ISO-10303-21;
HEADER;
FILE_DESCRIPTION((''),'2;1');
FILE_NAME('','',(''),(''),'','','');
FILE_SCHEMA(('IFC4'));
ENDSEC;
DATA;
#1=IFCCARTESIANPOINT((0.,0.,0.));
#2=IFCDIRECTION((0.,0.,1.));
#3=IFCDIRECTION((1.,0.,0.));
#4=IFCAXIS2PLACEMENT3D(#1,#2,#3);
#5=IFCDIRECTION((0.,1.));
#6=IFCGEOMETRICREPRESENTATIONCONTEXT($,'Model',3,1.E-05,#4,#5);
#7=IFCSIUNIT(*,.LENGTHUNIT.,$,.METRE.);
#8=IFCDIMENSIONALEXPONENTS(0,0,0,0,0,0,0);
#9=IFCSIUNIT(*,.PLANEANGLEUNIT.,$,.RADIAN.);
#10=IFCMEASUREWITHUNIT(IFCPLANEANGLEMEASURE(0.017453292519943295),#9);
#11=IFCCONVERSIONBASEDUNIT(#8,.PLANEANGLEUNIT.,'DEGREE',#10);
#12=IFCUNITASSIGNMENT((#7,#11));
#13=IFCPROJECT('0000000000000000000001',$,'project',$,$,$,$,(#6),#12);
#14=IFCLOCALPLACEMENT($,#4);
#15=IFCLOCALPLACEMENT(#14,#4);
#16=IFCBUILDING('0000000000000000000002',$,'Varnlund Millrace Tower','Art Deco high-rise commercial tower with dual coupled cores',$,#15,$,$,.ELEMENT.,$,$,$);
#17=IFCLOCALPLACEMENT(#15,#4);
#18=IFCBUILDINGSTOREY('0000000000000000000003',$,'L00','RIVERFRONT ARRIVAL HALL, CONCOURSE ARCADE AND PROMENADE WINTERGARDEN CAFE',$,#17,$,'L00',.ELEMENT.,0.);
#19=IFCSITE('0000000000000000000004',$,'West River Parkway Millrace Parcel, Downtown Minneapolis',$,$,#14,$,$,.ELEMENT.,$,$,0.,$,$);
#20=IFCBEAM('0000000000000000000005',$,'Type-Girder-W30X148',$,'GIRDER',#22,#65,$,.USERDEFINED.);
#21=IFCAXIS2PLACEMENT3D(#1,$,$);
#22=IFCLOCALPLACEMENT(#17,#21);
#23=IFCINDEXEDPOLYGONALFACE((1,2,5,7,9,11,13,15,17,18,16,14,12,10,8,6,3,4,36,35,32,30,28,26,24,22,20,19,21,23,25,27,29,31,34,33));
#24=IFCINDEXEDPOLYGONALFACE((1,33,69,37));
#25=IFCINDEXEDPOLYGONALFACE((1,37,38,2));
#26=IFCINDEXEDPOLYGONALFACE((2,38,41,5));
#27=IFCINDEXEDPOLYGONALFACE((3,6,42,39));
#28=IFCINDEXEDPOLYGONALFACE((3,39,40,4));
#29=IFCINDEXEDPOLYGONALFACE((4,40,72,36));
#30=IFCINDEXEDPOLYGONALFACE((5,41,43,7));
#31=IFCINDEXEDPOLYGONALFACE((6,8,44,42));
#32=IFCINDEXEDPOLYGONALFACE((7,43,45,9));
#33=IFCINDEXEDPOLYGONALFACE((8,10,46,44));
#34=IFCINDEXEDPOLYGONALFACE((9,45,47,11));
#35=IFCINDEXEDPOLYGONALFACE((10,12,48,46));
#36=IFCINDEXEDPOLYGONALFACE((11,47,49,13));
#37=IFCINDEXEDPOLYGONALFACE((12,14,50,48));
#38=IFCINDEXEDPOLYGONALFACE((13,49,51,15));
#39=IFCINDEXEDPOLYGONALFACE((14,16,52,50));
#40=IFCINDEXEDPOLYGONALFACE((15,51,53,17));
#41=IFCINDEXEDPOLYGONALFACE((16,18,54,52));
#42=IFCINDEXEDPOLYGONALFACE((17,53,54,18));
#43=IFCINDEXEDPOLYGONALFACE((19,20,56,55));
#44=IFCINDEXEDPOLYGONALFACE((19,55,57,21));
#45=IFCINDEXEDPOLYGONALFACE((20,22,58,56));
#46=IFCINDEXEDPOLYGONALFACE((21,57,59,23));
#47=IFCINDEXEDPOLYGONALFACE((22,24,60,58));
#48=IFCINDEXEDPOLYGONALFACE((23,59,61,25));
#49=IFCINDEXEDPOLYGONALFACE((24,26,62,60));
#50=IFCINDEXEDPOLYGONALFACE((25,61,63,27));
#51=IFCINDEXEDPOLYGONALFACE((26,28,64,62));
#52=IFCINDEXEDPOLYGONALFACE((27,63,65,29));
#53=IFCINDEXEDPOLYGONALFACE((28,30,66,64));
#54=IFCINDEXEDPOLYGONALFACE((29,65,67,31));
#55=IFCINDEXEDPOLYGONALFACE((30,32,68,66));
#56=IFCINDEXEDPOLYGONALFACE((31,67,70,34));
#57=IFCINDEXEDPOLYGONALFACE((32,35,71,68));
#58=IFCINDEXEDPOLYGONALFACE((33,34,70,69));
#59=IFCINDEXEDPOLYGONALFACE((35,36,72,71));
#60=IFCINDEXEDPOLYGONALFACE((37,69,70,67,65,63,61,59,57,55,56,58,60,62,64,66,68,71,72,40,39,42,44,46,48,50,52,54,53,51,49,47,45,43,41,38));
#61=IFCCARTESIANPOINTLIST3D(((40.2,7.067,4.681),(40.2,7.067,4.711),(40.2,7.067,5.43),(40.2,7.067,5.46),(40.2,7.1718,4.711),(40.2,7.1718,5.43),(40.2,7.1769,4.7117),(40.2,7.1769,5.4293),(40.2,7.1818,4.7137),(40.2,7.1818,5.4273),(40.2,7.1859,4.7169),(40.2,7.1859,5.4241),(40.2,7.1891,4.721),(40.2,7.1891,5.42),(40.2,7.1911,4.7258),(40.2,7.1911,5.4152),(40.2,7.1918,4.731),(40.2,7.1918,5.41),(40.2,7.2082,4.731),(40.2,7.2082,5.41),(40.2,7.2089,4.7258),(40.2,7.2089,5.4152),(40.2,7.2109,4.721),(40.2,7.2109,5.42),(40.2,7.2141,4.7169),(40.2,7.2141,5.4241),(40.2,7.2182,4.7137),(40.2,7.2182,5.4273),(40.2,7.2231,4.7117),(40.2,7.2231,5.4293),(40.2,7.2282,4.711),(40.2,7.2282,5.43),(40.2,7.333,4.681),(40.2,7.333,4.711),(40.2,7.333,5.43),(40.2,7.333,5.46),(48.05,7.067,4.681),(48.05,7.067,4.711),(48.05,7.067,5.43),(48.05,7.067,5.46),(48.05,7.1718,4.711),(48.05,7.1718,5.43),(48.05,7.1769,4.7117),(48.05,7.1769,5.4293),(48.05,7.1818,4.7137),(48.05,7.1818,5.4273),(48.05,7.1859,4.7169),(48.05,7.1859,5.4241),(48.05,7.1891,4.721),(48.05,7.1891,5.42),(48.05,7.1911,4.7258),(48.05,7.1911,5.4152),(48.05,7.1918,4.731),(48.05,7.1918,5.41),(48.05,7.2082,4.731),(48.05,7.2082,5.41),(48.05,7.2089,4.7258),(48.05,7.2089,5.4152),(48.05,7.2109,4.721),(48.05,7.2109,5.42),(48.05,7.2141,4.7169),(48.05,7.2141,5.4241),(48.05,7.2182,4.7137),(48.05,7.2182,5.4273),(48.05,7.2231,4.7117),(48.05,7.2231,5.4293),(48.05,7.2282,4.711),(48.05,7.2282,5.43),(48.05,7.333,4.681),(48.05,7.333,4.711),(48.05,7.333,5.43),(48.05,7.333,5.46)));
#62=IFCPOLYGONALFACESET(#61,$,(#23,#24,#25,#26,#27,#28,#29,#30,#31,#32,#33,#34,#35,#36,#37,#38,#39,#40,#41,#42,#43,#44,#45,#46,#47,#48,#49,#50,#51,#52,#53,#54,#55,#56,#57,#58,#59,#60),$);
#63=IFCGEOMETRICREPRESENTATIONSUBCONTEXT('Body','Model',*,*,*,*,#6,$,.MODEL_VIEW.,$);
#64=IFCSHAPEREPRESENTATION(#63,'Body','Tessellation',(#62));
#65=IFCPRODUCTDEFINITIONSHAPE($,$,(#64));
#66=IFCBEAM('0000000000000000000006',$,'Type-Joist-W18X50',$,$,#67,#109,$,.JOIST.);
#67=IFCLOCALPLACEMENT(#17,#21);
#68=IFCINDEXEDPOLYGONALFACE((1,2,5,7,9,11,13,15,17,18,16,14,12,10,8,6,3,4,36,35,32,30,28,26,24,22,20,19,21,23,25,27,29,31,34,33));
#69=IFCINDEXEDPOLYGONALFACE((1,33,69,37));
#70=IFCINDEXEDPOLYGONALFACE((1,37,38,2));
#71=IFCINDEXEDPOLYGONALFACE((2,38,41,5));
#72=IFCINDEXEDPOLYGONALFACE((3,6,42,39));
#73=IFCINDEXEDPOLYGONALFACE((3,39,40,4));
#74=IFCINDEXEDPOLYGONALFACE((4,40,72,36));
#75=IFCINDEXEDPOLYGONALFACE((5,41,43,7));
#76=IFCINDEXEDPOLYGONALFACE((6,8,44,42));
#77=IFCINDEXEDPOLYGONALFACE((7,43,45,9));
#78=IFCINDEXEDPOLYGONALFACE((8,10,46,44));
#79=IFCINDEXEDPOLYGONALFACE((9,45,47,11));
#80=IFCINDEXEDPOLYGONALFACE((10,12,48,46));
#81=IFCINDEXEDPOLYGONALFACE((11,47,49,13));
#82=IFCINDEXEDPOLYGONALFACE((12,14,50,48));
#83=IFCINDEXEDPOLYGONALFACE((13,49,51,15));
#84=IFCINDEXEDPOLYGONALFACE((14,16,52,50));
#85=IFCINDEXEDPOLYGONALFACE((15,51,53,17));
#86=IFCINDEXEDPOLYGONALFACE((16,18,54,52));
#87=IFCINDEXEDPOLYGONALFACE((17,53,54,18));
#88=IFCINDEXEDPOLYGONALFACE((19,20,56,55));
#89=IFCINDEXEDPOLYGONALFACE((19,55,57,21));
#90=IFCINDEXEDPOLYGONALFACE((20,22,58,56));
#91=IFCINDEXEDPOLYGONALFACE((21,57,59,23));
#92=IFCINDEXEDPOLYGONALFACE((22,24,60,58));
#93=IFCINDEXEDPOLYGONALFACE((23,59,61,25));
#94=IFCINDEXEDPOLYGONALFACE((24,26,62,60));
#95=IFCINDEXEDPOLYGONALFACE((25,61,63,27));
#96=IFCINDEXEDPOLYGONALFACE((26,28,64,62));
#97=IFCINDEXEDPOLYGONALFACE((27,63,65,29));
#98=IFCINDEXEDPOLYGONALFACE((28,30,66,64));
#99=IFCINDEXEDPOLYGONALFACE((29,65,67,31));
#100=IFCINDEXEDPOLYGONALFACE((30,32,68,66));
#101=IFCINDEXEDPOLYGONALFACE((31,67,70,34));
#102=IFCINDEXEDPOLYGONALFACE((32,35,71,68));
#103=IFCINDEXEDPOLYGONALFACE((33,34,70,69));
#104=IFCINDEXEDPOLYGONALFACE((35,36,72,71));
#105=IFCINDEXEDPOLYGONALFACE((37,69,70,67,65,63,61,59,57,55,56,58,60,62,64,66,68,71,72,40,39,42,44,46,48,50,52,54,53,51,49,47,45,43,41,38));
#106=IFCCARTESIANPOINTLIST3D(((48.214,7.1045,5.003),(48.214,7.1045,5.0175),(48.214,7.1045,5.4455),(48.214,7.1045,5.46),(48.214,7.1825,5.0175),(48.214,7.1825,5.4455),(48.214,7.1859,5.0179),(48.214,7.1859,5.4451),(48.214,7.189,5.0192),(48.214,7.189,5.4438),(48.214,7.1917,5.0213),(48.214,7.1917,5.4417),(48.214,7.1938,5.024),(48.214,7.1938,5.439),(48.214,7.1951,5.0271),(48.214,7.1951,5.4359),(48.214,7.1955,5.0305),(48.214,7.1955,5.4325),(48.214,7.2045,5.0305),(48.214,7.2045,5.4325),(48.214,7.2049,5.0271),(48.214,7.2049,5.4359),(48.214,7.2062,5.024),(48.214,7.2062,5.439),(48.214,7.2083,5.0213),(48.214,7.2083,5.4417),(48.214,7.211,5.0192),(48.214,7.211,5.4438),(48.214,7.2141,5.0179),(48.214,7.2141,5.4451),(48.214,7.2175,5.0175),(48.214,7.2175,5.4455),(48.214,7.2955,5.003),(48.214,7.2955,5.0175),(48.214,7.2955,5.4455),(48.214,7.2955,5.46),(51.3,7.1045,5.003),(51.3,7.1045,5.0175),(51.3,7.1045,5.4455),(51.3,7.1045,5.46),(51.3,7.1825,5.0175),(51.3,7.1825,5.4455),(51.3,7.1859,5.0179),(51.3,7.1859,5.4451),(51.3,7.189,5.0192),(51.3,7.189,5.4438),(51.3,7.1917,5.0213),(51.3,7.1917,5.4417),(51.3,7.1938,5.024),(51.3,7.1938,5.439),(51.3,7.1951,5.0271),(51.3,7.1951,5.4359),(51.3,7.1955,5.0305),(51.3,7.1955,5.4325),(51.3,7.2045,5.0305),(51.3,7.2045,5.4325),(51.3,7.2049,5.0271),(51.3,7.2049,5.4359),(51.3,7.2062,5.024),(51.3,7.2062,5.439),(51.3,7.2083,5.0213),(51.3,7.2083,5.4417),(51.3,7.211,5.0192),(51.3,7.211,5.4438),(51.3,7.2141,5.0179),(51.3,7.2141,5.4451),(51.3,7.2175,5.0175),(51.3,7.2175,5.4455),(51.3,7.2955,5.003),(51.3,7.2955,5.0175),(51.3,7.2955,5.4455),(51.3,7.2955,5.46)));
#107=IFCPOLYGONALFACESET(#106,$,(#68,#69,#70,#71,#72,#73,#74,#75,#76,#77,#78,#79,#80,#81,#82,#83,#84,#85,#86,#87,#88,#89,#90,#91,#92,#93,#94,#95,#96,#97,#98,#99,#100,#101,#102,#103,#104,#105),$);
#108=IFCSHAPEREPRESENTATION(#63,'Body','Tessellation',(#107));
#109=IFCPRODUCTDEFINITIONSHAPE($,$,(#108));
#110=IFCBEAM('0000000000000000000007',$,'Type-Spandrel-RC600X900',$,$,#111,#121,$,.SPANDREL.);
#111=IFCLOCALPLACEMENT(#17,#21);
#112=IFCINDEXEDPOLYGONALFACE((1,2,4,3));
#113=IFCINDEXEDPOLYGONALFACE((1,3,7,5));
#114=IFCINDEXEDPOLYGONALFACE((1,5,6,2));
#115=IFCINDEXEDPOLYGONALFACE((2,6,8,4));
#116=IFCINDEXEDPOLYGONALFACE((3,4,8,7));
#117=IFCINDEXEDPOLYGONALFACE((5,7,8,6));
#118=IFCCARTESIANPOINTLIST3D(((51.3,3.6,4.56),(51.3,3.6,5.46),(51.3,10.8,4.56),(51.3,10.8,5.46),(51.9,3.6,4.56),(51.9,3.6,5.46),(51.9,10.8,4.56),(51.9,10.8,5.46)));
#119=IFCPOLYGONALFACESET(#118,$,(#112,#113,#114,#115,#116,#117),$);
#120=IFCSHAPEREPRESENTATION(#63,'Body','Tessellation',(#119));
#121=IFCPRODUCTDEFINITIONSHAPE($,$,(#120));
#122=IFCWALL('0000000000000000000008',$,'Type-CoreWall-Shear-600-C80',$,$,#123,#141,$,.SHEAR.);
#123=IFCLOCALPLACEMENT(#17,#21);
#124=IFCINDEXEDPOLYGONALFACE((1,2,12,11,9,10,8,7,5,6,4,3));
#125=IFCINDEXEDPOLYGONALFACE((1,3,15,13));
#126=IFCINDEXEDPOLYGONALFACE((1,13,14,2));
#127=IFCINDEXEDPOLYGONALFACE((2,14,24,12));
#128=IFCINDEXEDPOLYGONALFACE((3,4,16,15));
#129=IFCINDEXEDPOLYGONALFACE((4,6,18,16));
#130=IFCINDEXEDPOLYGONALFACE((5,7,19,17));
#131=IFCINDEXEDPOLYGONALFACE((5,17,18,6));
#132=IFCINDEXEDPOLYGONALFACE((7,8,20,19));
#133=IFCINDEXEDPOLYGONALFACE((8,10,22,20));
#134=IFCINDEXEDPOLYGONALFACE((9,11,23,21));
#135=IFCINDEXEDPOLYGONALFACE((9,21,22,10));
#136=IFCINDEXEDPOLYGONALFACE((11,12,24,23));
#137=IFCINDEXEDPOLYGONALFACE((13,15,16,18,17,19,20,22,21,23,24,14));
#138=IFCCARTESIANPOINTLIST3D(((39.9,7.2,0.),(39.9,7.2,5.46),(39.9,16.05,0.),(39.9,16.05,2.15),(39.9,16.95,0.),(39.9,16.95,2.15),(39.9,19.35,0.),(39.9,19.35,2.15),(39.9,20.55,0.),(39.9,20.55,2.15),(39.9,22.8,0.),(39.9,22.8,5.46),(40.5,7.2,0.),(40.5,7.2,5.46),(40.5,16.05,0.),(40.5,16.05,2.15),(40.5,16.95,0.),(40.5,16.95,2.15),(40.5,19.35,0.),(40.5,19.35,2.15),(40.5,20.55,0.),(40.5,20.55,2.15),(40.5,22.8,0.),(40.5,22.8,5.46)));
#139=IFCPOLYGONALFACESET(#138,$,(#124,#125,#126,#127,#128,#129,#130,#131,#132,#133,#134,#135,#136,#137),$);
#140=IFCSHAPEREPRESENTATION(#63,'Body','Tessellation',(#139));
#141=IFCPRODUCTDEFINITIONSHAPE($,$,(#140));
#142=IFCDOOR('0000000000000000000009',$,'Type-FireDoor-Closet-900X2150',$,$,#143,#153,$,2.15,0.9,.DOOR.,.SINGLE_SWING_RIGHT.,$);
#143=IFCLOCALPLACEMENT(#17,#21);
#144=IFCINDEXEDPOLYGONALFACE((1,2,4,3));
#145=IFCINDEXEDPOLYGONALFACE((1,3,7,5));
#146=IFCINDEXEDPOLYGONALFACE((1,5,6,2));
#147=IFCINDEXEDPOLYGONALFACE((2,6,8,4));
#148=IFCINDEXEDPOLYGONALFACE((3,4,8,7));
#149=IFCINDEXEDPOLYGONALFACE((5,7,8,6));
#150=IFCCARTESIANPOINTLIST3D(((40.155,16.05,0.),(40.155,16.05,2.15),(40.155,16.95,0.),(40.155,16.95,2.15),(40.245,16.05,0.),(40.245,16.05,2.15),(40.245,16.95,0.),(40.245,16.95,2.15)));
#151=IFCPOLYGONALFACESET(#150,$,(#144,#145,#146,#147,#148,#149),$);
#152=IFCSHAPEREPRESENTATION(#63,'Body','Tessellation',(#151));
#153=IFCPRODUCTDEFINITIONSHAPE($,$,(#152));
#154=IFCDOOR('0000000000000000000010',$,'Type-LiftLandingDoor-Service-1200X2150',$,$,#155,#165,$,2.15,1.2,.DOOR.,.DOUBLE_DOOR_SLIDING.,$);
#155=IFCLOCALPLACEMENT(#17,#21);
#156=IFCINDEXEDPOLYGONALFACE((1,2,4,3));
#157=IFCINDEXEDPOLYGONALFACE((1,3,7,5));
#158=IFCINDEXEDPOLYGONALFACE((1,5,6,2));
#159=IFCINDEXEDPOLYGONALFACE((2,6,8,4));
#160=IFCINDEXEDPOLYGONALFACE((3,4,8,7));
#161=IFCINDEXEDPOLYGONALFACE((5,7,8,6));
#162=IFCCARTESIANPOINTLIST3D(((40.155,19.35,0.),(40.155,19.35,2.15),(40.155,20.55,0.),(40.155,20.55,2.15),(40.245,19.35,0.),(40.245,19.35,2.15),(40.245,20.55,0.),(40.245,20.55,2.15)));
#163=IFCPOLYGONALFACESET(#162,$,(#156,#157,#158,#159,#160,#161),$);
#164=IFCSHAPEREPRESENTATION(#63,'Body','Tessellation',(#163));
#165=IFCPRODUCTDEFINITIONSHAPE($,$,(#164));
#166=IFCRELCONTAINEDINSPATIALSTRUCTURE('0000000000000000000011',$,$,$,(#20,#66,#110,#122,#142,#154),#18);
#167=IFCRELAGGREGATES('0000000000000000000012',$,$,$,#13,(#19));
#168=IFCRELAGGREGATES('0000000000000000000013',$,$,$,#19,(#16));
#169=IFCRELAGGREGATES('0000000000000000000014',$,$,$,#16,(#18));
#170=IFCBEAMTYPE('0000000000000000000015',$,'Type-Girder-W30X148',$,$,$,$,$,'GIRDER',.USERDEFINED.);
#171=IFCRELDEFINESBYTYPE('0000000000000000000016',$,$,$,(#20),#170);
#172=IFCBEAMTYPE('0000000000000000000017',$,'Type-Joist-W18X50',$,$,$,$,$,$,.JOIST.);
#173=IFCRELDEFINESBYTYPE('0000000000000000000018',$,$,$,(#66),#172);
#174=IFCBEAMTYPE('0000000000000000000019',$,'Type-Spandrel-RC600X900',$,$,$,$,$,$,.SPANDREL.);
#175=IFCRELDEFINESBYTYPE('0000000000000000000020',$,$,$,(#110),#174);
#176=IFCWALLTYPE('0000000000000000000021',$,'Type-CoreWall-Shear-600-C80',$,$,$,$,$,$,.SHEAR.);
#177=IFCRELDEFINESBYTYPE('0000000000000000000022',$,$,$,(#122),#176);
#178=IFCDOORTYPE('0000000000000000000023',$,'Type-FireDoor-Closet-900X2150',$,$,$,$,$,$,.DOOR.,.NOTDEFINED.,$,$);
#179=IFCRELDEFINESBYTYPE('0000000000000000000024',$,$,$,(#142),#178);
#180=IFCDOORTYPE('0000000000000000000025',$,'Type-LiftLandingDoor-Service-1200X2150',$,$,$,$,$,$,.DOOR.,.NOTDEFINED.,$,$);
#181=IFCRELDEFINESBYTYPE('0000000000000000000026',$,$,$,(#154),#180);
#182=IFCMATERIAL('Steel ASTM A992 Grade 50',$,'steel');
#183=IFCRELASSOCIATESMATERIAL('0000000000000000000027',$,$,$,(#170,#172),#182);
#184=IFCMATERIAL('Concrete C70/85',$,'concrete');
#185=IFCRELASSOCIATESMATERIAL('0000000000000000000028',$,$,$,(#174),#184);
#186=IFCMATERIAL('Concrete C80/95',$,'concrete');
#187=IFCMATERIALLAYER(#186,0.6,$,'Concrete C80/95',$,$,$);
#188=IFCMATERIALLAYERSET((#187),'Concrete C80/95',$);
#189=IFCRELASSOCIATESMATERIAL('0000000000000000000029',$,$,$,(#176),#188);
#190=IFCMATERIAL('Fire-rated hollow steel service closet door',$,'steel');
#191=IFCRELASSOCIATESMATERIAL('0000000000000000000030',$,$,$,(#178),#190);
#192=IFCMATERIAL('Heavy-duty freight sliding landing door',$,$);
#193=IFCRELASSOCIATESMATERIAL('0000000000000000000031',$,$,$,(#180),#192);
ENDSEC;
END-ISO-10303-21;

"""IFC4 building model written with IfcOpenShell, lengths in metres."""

from ifc_helpers import new_model, entity, si_unit, converted_unit, direction, frame, origin_with_axes, origin_2d_with_axis, place, context, subcontext, project, spatial, polyline, rectangle, i_section, outline, extrude, material, layer, layer_set, material_profile, profile_set, type_object, element, fill, save


model = new_model("IFC4")

# Units and contexts
model_context = context("Model", 3, precision=1e-05, world=origin_with_axes(), true_north=direction((0.0, 1.0)))
body_context = subcontext(model_context, "Body", "Model", "MODEL_VIEW")
ifc_project = project(units=[si_unit("LENGTHUNIT", "METRE"), converted_unit("PLANEANGLEUNIT", "DEGREE", entity("IfcPlaneAngleMeasure", 0.017453292519943295), si_unit("PLANEANGLEUNIT", "RADIAN"), dimensions=[0, 0, 0, 0, 0, 0, 0])], contexts=[model_context])

# Site, building, storey
site_placement = place(None, origin_with_axes())
site = spatial("IfcSite", under=ifc_project, at=site_placement, Name="West River Parkway Millrace Parcel, Downtown Minneapolis", CompositionType="ELEMENT", RefElevation=0.0)
building_placement = place(site_placement, origin_with_axes())
building = spatial("IfcBuilding", under=site, at=building_placement, Name="Varnlund Millrace Tower", Description="Art Deco high-rise commercial tower with dual coupled cores", CompositionType="ELEMENT")
storey_placement = place(building_placement, origin_with_axes())
storey = spatial("IfcBuildingStorey", under=building, at=storey_placement, Name="L00", Description="RIVERFRONT ARRIVAL HALL, CONCOURSE ARCADE AND PROMENADE WINTERGARDEN CAFE", LongName="L00", CompositionType="ELEMENT", Elevation=0.0)

# Shared definitions
ifc_material_1 = material(Name="Concrete C80/95", Category="concrete")

# Beams
ifc_material_2 = material(Name="Steel ASTM A992 Grade 50", Category="steel")
ifc_material_profile_1 = material_profile(ifc_material_2, i_section(OverallWidth=0.266, OverallDepth=0.779, WebThickness=0.0165, FlangeThickness=0.03, FilletRadius=0.02, at=origin_2d_with_axis()), Name="Steel ASTM A992 Grade 50")
ifc_profile_set_1 = profile_set([ifc_material_profile_1], Name="Steel ASTM A992 Grade 50")
beam_type_1 = type_object("IfcBeamType", Name="Type-Girder-W30X148", ElementType="GIRDER", PredefinedType="USERDEFINED", material=ifc_profile_set_1)
beam_1_placement = place(storey_placement, frame((40.2, 7.2, 5.0705), z_axis=(1.0, 0.0, 0.0), x_axis=(0.0, 1.0, 0.0)))
element("IfcBeam", 1, at=beam_1_placement, inside=storey, type_object=beam_type_1, Name="Type-Girder-W30X148", ObjectType="GIRDER", PredefinedType="USERDEFINED", context=body_context, shape_type="SweptSolid", body=[
    extrude(i_section(OverallWidth=0.266, OverallDepth=0.779, WebThickness=0.0165, FlangeThickness=0.03, FilletRadius=0.02, at=origin_2d_with_axis()), origin_with_axes(), (0.0, 0.0, 1.0), 7.85),
])
ifc_material_profile_2 = material_profile(ifc_material_2, i_section(OverallWidth=0.191, OverallDepth=0.457, WebThickness=0.009, FlangeThickness=0.0145, FilletRadius=0.013, at=origin_2d_with_axis()), Name="Steel ASTM A992 Grade 50")
ifc_profile_set_2 = profile_set([ifc_material_profile_2], Name="Steel ASTM A992 Grade 50")
beam_type_2 = type_object("IfcBeamType", Name="Type-Joist-W18X50", PredefinedType="JOIST", material=ifc_profile_set_2)
beam_2_placement = place(storey_placement, frame((48.214, 7.2, 5.2315), z_axis=(1.0, 0.0, 0.0), x_axis=(0.0, 1.0, 0.0)))
element("IfcBeam", 2, at=beam_2_placement, inside=storey, type_object=beam_type_2, Name="Type-Joist-W18X50", PredefinedType="JOIST", context=body_context, shape_type="SweptSolid", body=[
    extrude(i_section(OverallWidth=0.191, OverallDepth=0.457, WebThickness=0.009, FlangeThickness=0.0145, FilletRadius=0.013, at=origin_2d_with_axis()), origin_with_axes(), (0.0, 0.0, 1.0), 3.086),
])
ifc_material_3 = material(Name="Concrete C70/85", Category="concrete")
ifc_material_profile_3 = material_profile(ifc_material_3, rectangle(XDim=0.6, YDim=0.9, at=origin_2d_with_axis()), Name="Concrete C70/85")
ifc_profile_set_3 = profile_set([ifc_material_profile_3], Name="Concrete C70/85")
beam_type_3 = type_object("IfcBeamType", Name="Type-Spandrel-RC600X900", PredefinedType="SPANDREL", material=ifc_profile_set_3)
beam_3_placement = place(storey_placement, frame((51.6, 3.6, 5.01), z_axis=(0.0, 1.0, 0.0), x_axis=(-1.0, 0.0, 0.0)))
element("IfcBeam", 3, at=beam_3_placement, inside=storey, type_object=beam_type_3, Name="Type-Spandrel-RC600X900", PredefinedType="SPANDREL", context=body_context, shape_type="SweptSolid", body=[
    extrude(rectangle(XDim=0.6, YDim=0.9, at=origin_2d_with_axis()), origin_with_axes(), (0.0, 0.0, 1.0), 7.2),
])

# Wall, openings, doors
ifc_layer_1 = layer(ifc_material_1, 0.6, Name="Concrete C80/95")
ifc_layer_set_1 = layer_set([ifc_layer_1], Name="Concrete C80/95")
wall_type_1 = type_object("IfcWallType", Name="Type-CoreWall-Shear-600-C80", PredefinedType="SHEAR", material=ifc_layer_set_1)
wall_1_placement = place(storey_placement, frame((40.2, 7.2, 0.0), z_axis=(0.0, 0.0, 1.0), x_axis=(0.0, 1.0, 0.0)))
wall_1 = element("IfcWall", 4, at=wall_1_placement, inside=storey, type_object=wall_type_1, Name="Type-CoreWall-Shear-600-C80", PredefinedType="SHEAR", context=body_context, shape_type="SweptSolid", body=[
    extrude(outline(polyline([(0.0, -0.3), (15.6, -0.3), (15.6, 0.3), (0.0, 0.3), (0.0, -0.3)])), origin_with_axes(), (0.0, 0.0, 1.0), 5.46),
])
opening_1_placement = place(wall_1_placement, frame((12.75, 0.0, 0.0), z_axis=(0.0, 0.0, 1.0), x_axis=(1.0, 0.0, 0.0)))
opening_1 = element("IfcOpeningElement", 5, at=opening_1_placement, cuts=wall_1, PredefinedType="OPENING", context=body_context, shape_type="SweptSolid", body=[
    extrude(rectangle(XDim=1.2, YDim=0.62, at=origin_2d_with_axis()), origin_with_axes(), (0.0, 0.0, 1.0), 2.15),
])
opening_2_placement = place(wall_1_placement, frame((9.3, 0.0, 0.0), z_axis=(0.0, 0.0, 1.0), x_axis=(1.0, 0.0, 0.0)))
opening_2 = element("IfcOpeningElement", 6, at=opening_2_placement, cuts=wall_1, PredefinedType="OPENING", context=body_context, shape_type="SweptSolid", body=[
    extrude(rectangle(XDim=0.9, YDim=0.62, at=origin_2d_with_axis()), origin_with_axes(), (0.0, 0.0, 1.0), 2.15),
])
ifc_material_4 = material(Name="Fire-rated hollow steel service closet door", Category="steel")
door_type_1 = type_object("IfcDoorType", Name="Type-FireDoor-Closet-900X2150", OperationType="NOTDEFINED", PredefinedType="DOOR", material=ifc_material_4)
door_1_placement = place(wall_1_placement, frame((9.3, 0.0, 0.0), z_axis=(0.0, 0.0, 1.0), x_axis=(1.0, 0.0, 0.0)))
door_1 = element("IfcDoor", 7, at=door_1_placement, inside=storey, type_object=door_type_1, Name="Type-FireDoor-Closet-900X2150", OperationType="SINGLE_SWING_RIGHT", OverallHeight=2.15, OverallWidth=0.9, PredefinedType="DOOR", context=body_context, shape_type="SweptSolid", body=[
    extrude(rectangle(XDim=0.9, YDim=0.09, at=origin_2d_with_axis()), origin_with_axes(), (0.0, 0.0, 1.0), 2.15),
])
fill(opening_2, door_1)
ifc_material_5 = material(Name="Heavy-duty freight sliding landing door")
door_type_2 = type_object("IfcDoorType", Name="Type-LiftLandingDoor-Service-1200X2150", OperationType="NOTDEFINED", PredefinedType="DOOR", material=ifc_material_5)
door_2_placement = place(wall_1_placement, frame((12.75, 0.0, 0.0), z_axis=(0.0, 0.0, 1.0), x_axis=(1.0, 0.0, 0.0)))
door_2 = element("IfcDoor", 8, at=door_2_placement, inside=storey, type_object=door_type_2, Name="Type-LiftLandingDoor-Service-1200X2150", OperationType="DOUBLE_DOOR_SLIDING", OverallHeight=2.15, OverallWidth=1.2, PredefinedType="DOOR", context=body_context, shape_type="SweptSolid", body=[
    extrude(rectangle(XDim=1.2, YDim=0.09, at=origin_2d_with_axis()), origin_with_axes(), (0.0, 0.0, 1.0), 2.15),
])
fill(opening_1, door_2)

save(model, "model.ifc")
